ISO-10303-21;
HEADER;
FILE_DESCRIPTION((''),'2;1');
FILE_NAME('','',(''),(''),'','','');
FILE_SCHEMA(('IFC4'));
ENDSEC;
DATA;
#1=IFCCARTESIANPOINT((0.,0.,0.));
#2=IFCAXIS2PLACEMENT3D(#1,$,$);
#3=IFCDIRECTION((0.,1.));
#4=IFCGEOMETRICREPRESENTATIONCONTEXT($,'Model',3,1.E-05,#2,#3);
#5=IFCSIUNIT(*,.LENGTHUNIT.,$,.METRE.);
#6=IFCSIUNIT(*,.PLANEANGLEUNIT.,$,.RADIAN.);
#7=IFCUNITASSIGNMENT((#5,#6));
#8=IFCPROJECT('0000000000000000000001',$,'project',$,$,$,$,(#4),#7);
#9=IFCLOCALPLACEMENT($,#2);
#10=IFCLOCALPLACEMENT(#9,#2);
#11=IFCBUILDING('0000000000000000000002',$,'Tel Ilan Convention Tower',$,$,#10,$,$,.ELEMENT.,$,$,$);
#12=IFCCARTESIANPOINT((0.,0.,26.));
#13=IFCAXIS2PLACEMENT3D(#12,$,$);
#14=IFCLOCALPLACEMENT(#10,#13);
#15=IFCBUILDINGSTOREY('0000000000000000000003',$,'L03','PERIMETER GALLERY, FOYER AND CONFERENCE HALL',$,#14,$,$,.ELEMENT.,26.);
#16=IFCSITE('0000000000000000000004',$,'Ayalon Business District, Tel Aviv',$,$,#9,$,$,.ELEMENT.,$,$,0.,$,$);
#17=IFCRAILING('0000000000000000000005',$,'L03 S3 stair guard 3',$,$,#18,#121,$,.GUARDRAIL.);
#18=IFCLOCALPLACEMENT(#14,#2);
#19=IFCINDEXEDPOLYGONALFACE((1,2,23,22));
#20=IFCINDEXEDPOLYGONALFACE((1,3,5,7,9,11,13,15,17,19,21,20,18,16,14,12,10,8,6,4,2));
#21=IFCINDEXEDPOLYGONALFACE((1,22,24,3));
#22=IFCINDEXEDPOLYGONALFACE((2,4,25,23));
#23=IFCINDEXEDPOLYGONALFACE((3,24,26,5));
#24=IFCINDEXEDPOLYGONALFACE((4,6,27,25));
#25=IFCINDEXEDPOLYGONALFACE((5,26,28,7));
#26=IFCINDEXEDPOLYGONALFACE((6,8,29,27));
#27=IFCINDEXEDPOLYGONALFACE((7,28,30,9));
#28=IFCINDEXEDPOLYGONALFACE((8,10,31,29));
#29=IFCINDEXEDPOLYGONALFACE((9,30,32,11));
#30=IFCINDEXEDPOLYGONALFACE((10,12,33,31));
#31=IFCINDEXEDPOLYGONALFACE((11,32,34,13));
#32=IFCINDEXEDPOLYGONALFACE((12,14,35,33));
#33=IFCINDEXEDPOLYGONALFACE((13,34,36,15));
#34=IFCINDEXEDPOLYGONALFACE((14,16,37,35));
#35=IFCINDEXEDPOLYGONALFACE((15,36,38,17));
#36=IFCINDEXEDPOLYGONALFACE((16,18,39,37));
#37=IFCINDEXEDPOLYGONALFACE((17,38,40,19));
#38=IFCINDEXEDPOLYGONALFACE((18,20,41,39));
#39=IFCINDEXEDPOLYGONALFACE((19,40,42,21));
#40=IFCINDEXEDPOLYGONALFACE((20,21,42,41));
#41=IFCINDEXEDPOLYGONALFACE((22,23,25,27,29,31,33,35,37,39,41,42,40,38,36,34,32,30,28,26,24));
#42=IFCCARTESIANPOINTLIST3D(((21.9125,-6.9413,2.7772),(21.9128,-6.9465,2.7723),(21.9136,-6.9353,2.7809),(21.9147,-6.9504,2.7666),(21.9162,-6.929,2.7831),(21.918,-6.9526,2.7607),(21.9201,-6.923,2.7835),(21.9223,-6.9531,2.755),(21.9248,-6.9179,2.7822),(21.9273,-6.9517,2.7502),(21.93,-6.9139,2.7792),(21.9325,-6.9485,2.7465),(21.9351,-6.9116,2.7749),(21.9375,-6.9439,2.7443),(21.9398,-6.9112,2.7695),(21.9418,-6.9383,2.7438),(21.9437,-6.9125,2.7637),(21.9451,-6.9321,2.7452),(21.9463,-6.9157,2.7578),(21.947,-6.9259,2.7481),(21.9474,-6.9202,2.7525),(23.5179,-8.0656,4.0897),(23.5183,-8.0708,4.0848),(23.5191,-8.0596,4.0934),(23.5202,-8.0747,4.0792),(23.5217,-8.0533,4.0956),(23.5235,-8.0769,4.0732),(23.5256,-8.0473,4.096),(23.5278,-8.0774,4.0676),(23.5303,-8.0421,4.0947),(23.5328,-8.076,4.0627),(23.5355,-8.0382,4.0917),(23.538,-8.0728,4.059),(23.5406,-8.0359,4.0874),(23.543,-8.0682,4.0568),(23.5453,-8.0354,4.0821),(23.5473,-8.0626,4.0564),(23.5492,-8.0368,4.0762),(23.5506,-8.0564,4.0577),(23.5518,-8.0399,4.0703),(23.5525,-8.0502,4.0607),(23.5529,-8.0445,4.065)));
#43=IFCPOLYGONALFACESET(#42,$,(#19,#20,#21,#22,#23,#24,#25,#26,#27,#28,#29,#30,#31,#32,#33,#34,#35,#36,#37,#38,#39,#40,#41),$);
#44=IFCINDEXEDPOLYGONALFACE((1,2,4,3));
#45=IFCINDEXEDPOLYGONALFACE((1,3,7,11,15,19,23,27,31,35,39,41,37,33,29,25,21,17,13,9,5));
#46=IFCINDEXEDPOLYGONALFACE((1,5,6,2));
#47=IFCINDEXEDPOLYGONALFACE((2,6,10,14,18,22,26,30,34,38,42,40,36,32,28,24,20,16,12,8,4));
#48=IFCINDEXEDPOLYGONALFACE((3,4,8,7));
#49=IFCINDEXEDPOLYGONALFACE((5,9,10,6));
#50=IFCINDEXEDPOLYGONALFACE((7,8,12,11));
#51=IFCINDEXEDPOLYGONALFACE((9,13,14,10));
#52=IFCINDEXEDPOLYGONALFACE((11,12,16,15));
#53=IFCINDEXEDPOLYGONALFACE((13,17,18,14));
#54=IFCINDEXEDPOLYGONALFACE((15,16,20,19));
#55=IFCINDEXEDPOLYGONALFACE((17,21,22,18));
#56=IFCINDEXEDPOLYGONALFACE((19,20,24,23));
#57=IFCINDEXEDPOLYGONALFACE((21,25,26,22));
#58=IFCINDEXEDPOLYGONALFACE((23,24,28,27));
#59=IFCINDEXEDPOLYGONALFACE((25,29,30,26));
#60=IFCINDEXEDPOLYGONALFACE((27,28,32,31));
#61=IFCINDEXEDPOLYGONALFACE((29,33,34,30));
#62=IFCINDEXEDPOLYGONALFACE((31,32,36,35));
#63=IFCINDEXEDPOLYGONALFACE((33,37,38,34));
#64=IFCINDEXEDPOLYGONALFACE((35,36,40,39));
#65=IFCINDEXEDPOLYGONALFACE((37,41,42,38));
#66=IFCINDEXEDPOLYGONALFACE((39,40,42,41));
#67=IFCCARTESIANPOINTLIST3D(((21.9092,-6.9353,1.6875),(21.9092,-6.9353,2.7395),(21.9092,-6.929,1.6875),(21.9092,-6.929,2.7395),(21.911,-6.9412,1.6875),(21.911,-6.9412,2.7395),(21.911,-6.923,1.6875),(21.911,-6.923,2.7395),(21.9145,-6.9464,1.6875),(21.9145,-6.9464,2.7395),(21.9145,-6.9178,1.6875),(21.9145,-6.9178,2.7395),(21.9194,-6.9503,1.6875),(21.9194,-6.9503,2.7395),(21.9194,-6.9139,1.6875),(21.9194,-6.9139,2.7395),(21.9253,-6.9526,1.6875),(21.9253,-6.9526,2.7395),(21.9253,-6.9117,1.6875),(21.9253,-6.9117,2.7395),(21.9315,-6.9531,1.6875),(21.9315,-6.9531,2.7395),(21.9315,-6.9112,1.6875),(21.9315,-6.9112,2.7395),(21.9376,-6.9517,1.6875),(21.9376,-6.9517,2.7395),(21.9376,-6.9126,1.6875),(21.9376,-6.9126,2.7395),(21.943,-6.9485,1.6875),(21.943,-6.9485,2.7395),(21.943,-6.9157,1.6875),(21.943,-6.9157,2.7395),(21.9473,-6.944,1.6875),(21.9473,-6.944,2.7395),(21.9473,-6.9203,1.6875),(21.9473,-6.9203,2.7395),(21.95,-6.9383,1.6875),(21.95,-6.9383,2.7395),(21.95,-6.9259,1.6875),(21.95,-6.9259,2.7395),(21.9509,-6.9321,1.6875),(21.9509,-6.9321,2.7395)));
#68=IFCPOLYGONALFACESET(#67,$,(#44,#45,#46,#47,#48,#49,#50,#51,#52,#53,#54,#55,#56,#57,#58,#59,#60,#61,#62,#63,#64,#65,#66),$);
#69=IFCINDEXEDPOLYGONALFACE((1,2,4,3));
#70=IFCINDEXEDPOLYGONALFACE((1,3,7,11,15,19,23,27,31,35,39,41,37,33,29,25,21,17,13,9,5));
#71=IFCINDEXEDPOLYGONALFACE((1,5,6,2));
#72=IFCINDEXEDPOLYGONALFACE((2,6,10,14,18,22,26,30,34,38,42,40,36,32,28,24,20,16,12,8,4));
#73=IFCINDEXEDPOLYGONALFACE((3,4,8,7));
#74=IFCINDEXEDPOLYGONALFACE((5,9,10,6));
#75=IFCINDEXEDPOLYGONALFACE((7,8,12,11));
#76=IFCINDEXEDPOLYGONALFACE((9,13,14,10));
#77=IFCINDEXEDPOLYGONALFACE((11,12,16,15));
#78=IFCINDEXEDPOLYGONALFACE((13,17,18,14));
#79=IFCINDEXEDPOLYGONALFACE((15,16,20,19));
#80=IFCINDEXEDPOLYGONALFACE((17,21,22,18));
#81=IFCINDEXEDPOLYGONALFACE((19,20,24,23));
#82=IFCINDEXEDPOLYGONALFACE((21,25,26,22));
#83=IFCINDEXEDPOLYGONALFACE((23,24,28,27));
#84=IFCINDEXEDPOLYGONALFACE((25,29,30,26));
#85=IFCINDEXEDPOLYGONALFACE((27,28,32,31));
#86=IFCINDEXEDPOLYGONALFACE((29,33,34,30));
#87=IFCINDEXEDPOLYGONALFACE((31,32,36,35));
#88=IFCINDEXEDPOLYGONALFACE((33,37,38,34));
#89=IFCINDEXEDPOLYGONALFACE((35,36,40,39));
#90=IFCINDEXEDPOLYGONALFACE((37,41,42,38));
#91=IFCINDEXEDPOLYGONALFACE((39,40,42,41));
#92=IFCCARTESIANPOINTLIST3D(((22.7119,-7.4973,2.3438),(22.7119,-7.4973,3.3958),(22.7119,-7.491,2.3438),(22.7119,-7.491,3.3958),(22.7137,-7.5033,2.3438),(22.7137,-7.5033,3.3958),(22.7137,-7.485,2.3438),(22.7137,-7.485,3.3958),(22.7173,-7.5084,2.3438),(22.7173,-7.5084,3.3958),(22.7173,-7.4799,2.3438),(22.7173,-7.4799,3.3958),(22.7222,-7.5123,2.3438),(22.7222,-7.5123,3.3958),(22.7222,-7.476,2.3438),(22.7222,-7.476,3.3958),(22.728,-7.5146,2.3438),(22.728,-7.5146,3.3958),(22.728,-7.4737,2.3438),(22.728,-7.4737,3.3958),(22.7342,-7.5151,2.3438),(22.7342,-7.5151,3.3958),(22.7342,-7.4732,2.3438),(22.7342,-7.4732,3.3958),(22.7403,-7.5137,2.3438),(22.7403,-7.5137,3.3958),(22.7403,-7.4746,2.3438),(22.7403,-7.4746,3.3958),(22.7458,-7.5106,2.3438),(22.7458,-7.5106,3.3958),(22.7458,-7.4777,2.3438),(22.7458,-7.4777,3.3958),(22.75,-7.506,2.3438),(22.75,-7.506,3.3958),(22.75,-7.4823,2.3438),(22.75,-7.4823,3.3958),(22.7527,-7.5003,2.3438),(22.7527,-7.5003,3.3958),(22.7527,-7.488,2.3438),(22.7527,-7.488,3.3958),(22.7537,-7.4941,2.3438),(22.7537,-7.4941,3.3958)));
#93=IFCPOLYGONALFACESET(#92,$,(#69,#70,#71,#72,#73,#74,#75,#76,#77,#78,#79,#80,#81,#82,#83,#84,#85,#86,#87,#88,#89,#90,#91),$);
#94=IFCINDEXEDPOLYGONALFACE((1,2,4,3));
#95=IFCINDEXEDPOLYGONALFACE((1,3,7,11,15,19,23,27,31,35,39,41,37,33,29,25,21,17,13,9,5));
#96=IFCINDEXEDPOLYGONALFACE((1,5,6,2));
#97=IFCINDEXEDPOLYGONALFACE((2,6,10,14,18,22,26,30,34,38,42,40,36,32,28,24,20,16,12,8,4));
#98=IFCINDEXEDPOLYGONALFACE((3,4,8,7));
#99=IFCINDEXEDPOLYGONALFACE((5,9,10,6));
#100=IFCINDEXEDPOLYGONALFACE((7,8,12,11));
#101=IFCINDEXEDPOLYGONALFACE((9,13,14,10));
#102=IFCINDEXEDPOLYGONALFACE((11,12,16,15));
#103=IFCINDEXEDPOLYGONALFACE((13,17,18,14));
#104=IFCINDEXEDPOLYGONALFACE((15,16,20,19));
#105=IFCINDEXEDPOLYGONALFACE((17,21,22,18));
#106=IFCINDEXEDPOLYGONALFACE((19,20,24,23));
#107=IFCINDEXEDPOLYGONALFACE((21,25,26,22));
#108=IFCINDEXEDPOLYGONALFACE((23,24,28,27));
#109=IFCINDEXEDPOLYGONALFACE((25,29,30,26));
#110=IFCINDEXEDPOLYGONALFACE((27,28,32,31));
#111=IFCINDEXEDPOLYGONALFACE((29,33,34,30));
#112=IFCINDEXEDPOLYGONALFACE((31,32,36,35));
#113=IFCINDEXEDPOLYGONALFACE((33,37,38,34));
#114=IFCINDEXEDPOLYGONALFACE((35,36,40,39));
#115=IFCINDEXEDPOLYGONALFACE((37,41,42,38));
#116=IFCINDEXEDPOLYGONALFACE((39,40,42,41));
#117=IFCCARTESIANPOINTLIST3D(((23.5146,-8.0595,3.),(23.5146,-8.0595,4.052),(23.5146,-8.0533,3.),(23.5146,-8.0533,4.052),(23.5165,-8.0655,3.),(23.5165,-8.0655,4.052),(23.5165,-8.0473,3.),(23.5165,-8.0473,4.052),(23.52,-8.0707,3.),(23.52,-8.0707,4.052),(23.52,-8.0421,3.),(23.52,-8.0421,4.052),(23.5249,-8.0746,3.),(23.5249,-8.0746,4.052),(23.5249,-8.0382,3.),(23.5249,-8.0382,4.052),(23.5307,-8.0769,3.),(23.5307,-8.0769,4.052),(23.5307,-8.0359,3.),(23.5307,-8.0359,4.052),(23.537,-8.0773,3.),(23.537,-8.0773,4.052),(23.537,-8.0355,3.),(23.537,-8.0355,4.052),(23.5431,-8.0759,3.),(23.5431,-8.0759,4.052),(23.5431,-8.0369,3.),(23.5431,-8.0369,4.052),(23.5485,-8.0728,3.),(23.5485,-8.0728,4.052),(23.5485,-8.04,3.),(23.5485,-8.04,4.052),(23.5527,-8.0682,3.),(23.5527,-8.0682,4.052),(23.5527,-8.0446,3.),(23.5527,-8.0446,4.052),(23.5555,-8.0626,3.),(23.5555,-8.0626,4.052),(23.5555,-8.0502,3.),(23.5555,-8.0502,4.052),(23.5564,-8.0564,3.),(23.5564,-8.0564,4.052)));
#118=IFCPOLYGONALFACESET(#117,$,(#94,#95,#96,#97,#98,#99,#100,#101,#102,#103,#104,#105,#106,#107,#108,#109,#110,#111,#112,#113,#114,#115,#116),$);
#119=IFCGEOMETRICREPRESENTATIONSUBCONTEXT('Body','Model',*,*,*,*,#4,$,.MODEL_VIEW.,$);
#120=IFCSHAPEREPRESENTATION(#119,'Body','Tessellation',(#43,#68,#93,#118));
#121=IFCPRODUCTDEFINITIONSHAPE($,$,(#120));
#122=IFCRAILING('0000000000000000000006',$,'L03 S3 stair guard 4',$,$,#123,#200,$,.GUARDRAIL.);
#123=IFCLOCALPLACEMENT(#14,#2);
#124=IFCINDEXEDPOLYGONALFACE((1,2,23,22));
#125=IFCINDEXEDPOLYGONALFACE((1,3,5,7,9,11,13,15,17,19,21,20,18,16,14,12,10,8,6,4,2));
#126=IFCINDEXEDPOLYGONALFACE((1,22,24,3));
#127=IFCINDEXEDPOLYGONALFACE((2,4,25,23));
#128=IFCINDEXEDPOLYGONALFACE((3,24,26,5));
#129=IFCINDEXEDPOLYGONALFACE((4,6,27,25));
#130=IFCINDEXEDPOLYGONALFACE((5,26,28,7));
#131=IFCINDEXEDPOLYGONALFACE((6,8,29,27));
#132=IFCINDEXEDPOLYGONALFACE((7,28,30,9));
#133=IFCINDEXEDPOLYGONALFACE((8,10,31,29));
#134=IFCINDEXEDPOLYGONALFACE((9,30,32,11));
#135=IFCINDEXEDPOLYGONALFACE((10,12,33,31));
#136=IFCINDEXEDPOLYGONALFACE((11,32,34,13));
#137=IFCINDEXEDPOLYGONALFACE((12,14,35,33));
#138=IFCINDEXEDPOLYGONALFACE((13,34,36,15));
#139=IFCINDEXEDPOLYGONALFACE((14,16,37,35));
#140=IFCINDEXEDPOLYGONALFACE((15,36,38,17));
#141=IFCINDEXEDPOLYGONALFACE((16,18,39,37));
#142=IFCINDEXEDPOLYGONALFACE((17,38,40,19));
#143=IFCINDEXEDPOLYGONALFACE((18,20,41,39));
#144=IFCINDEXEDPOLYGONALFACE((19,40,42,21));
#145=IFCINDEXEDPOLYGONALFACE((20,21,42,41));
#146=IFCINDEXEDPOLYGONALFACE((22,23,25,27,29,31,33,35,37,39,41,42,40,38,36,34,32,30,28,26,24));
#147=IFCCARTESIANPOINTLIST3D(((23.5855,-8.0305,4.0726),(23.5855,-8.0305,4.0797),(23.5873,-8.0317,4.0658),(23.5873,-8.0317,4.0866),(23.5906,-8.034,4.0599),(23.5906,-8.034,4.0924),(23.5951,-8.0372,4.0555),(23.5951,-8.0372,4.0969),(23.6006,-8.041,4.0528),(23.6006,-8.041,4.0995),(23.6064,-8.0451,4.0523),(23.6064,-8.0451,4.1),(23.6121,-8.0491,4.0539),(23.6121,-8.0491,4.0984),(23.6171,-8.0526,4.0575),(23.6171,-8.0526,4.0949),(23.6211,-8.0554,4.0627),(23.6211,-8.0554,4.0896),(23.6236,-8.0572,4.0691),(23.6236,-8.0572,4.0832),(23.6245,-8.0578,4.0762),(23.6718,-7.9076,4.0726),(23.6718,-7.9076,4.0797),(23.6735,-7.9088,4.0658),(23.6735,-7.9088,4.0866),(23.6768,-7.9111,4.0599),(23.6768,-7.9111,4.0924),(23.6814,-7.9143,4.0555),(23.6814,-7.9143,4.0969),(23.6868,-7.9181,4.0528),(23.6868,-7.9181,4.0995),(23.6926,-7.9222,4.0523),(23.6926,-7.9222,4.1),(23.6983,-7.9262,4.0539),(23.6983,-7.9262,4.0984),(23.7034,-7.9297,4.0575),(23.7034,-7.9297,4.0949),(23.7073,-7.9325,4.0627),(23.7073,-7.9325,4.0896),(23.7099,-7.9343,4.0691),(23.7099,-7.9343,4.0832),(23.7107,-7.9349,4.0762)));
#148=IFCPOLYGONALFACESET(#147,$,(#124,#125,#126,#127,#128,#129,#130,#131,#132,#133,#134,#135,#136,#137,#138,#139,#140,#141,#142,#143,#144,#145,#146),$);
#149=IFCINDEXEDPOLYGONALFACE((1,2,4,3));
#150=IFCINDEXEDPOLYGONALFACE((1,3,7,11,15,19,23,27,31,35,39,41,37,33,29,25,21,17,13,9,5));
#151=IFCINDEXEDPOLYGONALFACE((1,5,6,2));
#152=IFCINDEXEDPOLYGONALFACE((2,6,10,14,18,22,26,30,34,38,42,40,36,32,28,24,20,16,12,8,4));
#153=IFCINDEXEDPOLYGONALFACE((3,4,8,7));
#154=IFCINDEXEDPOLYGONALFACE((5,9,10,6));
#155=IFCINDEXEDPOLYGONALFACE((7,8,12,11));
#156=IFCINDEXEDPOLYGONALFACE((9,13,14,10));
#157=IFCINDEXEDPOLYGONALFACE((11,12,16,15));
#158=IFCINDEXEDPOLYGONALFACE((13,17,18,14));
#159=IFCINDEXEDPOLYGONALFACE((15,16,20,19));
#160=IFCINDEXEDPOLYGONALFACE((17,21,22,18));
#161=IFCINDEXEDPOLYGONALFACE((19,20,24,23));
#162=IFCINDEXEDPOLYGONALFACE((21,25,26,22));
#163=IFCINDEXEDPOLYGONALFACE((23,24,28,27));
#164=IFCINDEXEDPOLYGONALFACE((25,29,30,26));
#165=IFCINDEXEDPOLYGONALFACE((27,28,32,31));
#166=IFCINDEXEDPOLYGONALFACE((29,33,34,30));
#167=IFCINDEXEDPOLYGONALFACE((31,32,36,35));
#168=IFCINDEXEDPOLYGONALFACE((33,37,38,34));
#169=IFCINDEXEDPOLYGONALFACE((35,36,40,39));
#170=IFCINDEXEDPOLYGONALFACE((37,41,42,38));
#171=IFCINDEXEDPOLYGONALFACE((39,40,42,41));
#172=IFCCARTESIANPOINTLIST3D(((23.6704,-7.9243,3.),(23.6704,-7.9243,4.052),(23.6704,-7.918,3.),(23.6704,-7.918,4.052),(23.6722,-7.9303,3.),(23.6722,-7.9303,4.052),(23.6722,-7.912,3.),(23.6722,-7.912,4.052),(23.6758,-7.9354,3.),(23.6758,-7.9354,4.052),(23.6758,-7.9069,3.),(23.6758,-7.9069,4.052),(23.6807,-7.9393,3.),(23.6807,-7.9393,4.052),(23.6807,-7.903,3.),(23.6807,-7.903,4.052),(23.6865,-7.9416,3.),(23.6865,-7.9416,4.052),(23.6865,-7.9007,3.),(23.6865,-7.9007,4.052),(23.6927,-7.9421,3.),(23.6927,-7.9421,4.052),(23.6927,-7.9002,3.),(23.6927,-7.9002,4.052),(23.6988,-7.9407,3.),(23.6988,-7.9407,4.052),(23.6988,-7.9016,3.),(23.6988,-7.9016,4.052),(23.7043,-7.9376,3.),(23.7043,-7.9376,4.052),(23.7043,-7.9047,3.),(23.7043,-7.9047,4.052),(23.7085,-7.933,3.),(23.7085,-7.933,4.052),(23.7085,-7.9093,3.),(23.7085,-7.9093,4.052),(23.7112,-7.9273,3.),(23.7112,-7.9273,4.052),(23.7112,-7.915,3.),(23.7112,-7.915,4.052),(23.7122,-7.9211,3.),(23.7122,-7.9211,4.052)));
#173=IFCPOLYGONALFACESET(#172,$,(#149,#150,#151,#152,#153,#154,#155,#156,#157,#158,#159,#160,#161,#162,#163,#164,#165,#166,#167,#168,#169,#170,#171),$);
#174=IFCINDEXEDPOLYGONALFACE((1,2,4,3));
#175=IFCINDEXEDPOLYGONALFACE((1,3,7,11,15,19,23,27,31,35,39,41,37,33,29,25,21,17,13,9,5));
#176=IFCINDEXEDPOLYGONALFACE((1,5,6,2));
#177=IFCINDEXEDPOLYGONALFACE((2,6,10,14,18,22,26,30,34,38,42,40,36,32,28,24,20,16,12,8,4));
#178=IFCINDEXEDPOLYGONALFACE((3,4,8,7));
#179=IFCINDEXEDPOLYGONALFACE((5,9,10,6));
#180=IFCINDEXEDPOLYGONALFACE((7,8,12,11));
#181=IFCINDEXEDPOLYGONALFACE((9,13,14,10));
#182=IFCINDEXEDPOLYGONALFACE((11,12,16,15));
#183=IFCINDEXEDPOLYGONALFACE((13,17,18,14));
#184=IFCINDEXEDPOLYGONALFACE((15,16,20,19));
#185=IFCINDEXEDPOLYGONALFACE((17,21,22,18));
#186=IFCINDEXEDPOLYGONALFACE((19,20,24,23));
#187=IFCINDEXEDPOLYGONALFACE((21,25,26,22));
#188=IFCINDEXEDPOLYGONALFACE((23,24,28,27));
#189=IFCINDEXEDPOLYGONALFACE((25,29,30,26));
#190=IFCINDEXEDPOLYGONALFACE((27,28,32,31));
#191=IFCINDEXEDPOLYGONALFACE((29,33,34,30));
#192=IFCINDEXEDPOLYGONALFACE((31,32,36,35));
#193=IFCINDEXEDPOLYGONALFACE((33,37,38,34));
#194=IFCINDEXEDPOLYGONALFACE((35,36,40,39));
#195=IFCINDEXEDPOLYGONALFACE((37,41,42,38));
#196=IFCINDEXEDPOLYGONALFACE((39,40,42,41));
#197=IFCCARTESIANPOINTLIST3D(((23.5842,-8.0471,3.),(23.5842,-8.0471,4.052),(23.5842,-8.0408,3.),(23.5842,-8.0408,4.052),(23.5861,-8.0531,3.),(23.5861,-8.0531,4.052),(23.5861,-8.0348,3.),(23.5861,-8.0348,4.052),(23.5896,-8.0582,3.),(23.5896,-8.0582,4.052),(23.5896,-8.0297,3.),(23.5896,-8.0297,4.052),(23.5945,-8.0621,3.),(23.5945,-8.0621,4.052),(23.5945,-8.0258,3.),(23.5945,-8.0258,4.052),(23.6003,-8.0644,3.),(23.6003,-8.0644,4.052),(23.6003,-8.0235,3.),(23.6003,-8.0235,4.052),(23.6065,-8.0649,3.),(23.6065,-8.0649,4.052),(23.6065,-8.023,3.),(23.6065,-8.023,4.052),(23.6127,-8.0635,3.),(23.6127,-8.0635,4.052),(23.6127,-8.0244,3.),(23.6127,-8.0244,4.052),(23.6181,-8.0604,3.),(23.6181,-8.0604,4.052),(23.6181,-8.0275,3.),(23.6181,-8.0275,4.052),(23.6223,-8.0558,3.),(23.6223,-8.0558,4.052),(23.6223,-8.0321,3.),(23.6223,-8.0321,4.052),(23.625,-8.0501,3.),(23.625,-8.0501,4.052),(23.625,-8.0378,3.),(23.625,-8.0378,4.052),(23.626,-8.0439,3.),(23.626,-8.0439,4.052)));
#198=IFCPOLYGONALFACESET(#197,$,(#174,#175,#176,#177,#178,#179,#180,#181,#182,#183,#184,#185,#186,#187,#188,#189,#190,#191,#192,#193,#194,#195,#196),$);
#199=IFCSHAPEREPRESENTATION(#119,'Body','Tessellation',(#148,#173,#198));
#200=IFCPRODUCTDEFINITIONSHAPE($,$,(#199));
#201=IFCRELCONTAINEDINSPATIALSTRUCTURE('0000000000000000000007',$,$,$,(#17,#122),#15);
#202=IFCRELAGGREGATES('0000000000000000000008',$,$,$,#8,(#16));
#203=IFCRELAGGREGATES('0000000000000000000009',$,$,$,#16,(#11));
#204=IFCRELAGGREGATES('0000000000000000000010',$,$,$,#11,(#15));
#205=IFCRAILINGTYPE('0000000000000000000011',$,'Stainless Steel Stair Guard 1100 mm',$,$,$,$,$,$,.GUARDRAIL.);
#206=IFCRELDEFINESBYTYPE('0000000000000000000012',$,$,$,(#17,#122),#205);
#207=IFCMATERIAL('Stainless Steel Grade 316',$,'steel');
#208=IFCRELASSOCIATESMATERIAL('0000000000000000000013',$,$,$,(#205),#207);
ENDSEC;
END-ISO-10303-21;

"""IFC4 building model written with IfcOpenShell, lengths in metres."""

from ifc_helpers import new_model, si_unit, direction, frame, origin, origin_2d, place, context, subcontext, project, spatial, circle, extrude, material, type_object, element, save


model = new_model("IFC4")

# Units and contexts
model_context = context("Model", 3, precision=1e-05, world=origin(), true_north=direction((0.0, 1.0)))
body_context = subcontext(model_context, "Body", "Model", "MODEL_VIEW")
ifc_project = project(units=[si_unit("LENGTHUNIT", "METRE"), si_unit("PLANEANGLEUNIT", "RADIAN")], contexts=[model_context])

# Site, building, storey
site_placement = place(None, origin())
site = spatial("IfcSite", under=ifc_project, at=site_placement, Name="Ayalon Business District, Tel Aviv", CompositionType="ELEMENT", RefElevation=0.0)
building_placement = place(site_placement, origin())
building = spatial("IfcBuilding", under=site, at=building_placement, Name="Tel Ilan Convention Tower", CompositionType="ELEMENT")
storey_placement = place(building_placement, frame((0.0, 0.0, 26.0)))
storey = spatial("IfcBuildingStorey", under=building, at=storey_placement, Name="L03", Description="PERIMETER GALLERY, FOYER AND CONFERENCE HALL", CompositionType="ELEMENT", Elevation=26.0)

# Railings
ifc_material_1 = material(Name="Stainless Steel Grade 316", Category="steel")
railing_type_1 = type_object("IfcRailingType", Name="Stainless Steel Stair Guard 1100 mm", PredefinedType="GUARDRAIL", material=ifc_material_1)
railing_1_placement = place(storey_placement, frame((21.9299, -6.9321, 1.6875)))
element("IfcRailing", 1, at=railing_1_placement, inside=storey, type_object=railing_type_1, Name="L03 S3 stair guard 3", PredefinedType="GUARDRAIL", context=body_context, shape_type="SweptSolid", body=[
    extrude(circle(Radius=0.0239, at=origin_2d()), frame((0.0, 0.0, 1.0762), z_axis=(0.680616, -0.476617, 0.556416), x_axis=(0.573613, 0.819127, 0.0)), (0.0, 0.0, 1.0), 2.3589),
    extrude(circle(Radius=0.021, at=origin_2d()), origin(), (0.0, 0.0, 1.0), 1.052),
    extrude(circle(Radius=0.021, at=origin_2d()), frame((0.8027, -0.562, 0.6562)), (0.0, 0.0, 1.0), 1.052),
    extrude(circle(Radius=0.021, at=origin_2d()), frame((1.6055, -1.1243, 1.3125)), (0.0, 0.0, 1.0), 1.052),
])
railing_2_placement = place(storey_placement, frame((23.6912, -7.9211, 3.0)))
element("IfcRailing", 2, at=railing_2_placement, inside=storey, type_object=railing_type_1, Name="L03 S3 stair guard 4", PredefinedType="GUARDRAIL", context=body_context, shape_type="SweptSolid", body=[
    extrude(circle(Radius=0.0239, at=origin_2d()), frame((0.0, 0.0, 1.0762), z_axis=(-0.574445, -0.818543, 0.0), x_axis=(0.818543, -0.574445, 0.0)), (0.0, 0.0, 1.0), 0.1501),
    extrude(circle(Radius=0.021, at=origin_2d()), origin(), (0.0, 0.0, 1.0), 1.052),
    extrude(circle(Radius=0.021, at=origin_2d()), frame((-0.0862, -0.1228, 0.0)), (0.0, 0.0, 1.0), 1.052),
])

save(model, "model.ifc")
